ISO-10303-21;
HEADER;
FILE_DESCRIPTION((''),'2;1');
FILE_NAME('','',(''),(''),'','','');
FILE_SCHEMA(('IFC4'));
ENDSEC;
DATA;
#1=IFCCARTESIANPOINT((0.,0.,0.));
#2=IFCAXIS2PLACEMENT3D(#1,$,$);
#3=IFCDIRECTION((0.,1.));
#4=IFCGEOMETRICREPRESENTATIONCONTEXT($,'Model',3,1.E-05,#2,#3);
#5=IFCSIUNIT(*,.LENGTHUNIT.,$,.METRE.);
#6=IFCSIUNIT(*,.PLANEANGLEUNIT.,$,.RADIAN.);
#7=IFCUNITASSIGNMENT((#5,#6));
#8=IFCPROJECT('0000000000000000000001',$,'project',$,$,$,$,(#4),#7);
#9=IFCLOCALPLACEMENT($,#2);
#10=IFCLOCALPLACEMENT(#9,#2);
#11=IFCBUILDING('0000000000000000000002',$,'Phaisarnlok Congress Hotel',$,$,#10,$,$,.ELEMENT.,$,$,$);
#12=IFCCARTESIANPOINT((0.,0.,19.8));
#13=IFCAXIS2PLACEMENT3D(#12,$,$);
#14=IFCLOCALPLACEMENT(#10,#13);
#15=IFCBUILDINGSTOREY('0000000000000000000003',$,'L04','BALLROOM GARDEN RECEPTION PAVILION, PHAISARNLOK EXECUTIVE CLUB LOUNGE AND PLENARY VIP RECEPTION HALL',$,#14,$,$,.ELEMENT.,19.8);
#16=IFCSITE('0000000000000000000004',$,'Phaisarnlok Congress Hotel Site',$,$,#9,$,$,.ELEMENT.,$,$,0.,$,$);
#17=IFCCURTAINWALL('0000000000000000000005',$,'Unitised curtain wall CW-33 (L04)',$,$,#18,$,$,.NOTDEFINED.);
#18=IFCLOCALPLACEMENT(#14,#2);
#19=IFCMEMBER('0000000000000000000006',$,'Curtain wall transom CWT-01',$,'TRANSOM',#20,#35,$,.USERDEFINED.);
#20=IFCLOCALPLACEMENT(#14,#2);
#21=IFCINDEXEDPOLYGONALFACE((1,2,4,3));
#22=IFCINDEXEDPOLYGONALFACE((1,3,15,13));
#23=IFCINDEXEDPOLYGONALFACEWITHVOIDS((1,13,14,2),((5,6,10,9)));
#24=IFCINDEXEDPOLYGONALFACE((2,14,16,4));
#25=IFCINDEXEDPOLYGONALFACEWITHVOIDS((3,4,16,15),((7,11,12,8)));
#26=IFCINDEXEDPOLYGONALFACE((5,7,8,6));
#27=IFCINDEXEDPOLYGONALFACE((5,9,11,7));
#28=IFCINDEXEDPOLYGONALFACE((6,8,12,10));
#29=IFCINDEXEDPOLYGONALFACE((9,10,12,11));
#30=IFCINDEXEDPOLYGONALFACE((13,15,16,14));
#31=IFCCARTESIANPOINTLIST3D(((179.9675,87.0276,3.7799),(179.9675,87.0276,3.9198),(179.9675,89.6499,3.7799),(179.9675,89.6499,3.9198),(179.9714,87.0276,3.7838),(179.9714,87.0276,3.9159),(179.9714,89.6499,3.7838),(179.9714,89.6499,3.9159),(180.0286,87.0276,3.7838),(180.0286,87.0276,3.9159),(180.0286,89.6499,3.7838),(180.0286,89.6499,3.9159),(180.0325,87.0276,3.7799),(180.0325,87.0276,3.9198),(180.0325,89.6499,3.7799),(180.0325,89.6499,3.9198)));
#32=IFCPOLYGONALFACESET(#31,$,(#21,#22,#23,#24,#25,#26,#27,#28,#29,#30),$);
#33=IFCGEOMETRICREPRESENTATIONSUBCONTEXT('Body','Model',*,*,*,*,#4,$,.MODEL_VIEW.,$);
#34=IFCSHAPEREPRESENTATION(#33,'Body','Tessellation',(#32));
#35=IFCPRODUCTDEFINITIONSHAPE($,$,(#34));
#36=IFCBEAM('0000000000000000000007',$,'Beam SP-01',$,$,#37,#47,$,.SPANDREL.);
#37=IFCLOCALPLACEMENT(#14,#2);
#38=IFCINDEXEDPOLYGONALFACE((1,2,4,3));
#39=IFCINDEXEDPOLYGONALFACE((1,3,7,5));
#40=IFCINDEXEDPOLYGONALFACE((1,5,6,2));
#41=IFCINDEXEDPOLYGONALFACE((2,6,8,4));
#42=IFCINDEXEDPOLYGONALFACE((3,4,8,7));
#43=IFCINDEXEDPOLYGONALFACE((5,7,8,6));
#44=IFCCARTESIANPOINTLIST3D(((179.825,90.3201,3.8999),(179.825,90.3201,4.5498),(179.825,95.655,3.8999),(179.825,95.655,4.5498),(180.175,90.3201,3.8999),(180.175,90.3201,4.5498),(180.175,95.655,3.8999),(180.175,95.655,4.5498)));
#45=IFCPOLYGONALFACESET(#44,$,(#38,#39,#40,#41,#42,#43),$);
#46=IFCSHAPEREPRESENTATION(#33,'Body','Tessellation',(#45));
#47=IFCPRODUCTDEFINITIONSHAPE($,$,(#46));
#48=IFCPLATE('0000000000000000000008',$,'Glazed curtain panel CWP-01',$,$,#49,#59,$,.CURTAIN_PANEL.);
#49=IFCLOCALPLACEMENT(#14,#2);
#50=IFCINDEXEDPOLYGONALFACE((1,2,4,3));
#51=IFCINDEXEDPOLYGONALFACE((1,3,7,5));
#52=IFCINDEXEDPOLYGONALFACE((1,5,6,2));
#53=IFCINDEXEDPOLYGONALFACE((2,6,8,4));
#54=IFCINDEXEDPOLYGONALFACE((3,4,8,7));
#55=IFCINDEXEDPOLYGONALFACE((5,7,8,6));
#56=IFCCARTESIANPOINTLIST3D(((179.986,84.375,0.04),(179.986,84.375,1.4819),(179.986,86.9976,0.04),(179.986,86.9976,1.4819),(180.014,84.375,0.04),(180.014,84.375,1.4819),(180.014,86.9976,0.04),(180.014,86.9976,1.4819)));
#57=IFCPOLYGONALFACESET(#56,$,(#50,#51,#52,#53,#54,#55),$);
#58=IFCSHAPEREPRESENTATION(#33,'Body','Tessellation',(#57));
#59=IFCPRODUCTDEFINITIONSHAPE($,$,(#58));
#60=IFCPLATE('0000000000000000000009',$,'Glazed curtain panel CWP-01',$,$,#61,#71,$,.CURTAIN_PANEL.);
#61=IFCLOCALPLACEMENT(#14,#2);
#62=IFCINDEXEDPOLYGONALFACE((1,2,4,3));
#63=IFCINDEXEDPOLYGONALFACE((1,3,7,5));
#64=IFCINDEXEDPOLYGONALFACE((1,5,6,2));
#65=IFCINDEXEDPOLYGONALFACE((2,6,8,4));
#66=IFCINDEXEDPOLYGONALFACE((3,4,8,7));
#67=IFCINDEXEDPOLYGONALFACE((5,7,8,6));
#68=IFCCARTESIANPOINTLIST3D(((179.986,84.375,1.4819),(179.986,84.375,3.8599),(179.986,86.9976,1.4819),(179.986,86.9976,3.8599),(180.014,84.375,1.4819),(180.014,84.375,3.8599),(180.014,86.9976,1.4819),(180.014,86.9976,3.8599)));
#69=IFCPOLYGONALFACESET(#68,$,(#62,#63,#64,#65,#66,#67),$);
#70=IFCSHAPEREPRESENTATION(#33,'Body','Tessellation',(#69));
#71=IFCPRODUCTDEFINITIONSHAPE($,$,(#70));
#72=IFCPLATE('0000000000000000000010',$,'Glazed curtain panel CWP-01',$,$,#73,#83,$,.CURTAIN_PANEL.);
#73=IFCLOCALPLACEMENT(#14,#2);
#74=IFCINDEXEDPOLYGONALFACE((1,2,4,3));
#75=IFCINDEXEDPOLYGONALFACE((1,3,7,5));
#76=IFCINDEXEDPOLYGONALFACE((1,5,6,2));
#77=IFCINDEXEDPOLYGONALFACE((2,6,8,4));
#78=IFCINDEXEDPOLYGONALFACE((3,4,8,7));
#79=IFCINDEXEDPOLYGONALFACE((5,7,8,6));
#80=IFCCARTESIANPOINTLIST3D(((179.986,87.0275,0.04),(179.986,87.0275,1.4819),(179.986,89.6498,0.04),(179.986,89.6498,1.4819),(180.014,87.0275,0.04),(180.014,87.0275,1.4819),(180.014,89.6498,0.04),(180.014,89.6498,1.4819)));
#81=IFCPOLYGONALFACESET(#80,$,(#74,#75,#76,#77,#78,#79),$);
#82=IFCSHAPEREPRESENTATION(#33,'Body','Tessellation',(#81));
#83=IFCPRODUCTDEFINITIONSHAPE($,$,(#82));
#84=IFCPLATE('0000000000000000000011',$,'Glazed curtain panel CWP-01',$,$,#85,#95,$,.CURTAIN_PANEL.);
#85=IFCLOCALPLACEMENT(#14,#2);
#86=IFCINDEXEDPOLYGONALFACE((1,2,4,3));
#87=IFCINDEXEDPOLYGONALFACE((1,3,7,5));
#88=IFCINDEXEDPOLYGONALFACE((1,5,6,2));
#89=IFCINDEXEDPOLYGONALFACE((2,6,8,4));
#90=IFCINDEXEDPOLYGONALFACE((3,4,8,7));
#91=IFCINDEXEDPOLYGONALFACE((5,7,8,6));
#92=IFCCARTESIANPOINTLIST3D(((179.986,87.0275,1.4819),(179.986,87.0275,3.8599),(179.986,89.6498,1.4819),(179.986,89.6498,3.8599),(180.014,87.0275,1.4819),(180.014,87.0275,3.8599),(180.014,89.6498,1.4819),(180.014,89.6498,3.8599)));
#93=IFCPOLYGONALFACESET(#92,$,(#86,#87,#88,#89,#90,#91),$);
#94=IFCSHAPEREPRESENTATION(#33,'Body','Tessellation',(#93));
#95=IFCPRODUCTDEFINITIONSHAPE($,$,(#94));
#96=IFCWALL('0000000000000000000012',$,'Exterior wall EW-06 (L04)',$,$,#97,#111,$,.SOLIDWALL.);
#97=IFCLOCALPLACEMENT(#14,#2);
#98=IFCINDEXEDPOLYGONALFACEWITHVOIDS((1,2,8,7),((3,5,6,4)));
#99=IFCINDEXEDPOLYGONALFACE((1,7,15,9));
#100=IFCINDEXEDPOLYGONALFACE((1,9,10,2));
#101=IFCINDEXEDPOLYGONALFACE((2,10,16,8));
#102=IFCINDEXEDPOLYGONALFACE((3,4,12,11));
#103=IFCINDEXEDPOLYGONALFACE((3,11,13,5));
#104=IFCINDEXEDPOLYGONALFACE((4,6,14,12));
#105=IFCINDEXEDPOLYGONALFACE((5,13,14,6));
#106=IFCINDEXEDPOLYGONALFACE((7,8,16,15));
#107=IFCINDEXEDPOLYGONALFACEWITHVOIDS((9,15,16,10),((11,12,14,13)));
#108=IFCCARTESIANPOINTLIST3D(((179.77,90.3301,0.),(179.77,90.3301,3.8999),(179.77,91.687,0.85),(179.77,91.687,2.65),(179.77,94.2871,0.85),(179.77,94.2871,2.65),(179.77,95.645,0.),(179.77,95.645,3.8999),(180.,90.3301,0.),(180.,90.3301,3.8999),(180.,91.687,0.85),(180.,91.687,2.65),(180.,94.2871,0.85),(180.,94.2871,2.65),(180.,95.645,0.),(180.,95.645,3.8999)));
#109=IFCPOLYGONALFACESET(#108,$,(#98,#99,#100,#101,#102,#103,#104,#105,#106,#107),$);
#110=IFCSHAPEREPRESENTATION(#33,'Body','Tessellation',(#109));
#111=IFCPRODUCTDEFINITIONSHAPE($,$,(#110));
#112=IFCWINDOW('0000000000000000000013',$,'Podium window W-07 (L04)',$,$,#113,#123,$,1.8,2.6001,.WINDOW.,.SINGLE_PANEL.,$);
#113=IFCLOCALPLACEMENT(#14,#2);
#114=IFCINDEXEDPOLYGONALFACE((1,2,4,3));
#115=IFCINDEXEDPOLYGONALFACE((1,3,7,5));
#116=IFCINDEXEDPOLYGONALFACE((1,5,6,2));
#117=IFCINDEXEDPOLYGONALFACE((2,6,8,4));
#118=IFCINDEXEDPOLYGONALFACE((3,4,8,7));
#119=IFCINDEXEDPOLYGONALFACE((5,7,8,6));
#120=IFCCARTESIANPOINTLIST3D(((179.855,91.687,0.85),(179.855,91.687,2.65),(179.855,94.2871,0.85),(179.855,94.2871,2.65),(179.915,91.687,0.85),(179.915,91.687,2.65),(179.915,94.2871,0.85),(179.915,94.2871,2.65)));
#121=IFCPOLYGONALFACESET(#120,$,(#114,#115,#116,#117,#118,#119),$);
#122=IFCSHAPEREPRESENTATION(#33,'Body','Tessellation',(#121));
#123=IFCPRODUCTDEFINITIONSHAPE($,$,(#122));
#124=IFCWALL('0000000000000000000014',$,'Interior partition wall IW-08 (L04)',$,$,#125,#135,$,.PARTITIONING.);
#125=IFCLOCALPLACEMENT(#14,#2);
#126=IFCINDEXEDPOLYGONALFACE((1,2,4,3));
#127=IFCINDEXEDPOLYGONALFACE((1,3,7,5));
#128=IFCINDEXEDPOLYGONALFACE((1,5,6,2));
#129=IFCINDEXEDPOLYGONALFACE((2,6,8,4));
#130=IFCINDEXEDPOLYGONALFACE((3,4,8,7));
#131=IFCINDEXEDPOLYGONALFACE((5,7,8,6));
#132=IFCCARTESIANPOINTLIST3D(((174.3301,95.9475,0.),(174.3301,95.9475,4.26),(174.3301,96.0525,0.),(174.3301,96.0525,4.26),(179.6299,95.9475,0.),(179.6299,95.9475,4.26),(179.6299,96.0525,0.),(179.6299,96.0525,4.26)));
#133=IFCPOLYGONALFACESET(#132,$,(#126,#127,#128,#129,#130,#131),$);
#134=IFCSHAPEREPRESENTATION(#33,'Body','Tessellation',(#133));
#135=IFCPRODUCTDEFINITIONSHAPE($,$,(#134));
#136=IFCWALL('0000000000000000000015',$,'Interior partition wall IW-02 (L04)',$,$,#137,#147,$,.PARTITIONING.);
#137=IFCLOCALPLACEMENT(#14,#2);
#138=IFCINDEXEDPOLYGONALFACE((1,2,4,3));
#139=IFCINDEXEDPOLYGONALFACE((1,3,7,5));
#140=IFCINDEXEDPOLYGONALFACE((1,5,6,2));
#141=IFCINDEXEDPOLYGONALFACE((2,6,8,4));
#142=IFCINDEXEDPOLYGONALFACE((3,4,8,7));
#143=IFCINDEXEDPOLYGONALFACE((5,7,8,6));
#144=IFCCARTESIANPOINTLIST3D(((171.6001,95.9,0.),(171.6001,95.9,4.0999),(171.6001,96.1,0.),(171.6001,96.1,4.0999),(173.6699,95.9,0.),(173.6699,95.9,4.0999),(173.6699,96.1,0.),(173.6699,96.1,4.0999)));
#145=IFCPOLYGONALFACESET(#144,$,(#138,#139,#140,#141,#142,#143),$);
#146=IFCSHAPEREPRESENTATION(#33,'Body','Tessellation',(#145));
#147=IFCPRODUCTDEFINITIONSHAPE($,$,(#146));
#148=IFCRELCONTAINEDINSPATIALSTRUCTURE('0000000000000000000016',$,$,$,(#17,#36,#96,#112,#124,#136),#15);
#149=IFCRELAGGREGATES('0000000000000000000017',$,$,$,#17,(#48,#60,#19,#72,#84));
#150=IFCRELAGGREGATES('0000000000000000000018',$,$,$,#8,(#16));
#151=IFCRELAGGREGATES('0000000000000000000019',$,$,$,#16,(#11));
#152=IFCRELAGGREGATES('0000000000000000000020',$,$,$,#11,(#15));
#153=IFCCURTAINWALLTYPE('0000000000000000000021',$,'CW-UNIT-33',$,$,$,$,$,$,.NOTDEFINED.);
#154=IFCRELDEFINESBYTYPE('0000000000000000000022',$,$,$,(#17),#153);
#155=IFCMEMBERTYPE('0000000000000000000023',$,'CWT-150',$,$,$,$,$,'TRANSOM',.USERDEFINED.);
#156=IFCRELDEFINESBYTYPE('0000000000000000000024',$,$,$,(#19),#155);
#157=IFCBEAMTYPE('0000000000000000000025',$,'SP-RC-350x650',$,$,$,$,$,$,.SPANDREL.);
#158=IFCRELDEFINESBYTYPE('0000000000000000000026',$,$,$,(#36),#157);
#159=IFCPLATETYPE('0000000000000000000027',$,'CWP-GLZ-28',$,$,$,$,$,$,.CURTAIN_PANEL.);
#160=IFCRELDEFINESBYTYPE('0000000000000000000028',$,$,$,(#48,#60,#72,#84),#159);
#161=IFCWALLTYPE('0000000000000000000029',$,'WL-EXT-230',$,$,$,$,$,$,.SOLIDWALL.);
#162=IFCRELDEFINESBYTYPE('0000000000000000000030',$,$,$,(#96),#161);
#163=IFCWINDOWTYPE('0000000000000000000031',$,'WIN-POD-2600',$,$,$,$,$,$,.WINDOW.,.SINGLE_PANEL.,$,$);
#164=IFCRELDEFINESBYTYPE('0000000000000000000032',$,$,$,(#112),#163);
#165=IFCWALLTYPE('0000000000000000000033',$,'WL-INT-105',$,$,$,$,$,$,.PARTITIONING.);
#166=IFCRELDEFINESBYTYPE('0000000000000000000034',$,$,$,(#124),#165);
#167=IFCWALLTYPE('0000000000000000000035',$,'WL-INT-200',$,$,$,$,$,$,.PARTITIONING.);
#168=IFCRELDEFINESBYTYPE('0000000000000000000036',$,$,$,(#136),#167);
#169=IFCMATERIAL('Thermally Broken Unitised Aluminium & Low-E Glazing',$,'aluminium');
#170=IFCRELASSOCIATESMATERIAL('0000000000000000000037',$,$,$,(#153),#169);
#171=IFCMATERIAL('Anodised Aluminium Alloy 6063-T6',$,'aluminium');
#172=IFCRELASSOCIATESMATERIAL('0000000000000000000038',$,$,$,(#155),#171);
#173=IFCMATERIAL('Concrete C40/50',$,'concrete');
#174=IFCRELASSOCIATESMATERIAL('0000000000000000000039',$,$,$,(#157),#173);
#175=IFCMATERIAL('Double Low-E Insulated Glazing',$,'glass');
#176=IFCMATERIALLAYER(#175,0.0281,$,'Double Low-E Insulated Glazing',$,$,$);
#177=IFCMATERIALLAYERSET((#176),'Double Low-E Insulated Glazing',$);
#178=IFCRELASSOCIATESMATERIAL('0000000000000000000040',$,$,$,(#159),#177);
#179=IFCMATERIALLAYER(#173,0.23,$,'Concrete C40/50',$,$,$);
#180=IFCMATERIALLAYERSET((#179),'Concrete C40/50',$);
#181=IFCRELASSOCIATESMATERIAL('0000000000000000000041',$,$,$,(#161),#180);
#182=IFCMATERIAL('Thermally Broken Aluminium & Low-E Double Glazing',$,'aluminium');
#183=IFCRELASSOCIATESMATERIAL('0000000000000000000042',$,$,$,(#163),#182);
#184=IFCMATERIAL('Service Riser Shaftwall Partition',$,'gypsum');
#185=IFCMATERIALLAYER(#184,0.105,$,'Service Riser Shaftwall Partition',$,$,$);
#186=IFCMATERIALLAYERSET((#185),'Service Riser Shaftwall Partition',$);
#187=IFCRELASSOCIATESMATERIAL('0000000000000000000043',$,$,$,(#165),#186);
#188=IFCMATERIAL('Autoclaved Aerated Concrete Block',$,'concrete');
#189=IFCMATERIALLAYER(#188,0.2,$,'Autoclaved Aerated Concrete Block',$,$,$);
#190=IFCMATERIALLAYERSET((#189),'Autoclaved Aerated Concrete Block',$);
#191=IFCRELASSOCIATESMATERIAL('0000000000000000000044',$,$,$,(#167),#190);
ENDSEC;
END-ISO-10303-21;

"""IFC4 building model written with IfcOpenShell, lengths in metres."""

from ifc_helpers import new_model, si_unit, direction, frame, frame_2d, origin, origin_2d, place, context, subcontext, project, spatial, rectangle, hollow_rectangle, extrude, material, layer, layer_set, material_profile, profile_set, type_object, element, fill, aggregate, save


model = new_model("IFC4")

# Units and contexts
model_context = context("Model", 3, precision=1e-05, world=origin(), true_north=direction((0.0, 1.0)))
body_context = subcontext(model_context, "Body", "Model", "MODEL_VIEW")
ifc_project = project(units=[si_unit("LENGTHUNIT", "METRE"), si_unit("PLANEANGLEUNIT", "RADIAN")], contexts=[model_context])

# Site, building, storey
site_placement = place(None, origin())
site = spatial("IfcSite", under=ifc_project, at=site_placement, Name="Phaisarnlok Congress Hotel Site", CompositionType="ELEMENT", RefElevation=0.0)
building_placement = place(site_placement, origin())
building = spatial("IfcBuilding", under=site, at=building_placement, Name="Phaisarnlok Congress Hotel", CompositionType="ELEMENT")
storey_placement = place(building_placement, frame((0.0, 0.0, 19.8)))
storey = spatial("IfcBuildingStorey", under=building, at=storey_placement, Name="L04", Description="BALLROOM GARDEN RECEPTION PAVILION, PHAISARNLOK EXECUTIVE CLUB LOUNGE AND PLENARY VIP RECEPTION HALL", CompositionType="ELEMENT", Elevation=19.8)

# Shared definitions
ifc_material_1 = material(Name="Concrete C40/50", Category="concrete")

# Curtain wall, member
ifc_material_2 = material(Name="Thermally Broken Unitised Aluminium & Low-E Glazing", Category="aluminium")
curtain_wall_type = type_object("IfcCurtainWallType", Name="CW-UNIT-33", PredefinedType="NOTDEFINED", material=ifc_material_2)
curtain_wall_placement = place(storey_placement, origin())
curtain_wall = element("IfcCurtainWall", 1, at=curtain_wall_placement, inside=storey, type_object=curtain_wall_type, Name="Unitised curtain wall CW-33 (L04)", PredefinedType="NOTDEFINED")
ifc_material_3 = material(Name="Anodised Aluminium Alloy 6063-T6", Category="aluminium")
ifc_material_profile_1 = material_profile(ifc_material_3, hollow_rectangle(XDim=0.0649, YDim=0.1399, WallThickness=0.0039, at=origin_2d()), Name="ALU-T 65x140x4")
ifc_profile_set_1 = profile_set([ifc_material_profile_1], Name="Anodised Aluminium Alloy 6063-T6")
member_type_1 = type_object("IfcMemberType", Name="CWT-150", ElementType="TRANSOM", PredefinedType="USERDEFINED", material=ifc_profile_set_1)
member_1_placement = place(storey_placement, frame((180.0, 87.0276, 3.8499), z_axis=(0.0, 1.0, 0.0), x_axis=(-1.0, 0.0, 0.0)))
member_1 = element("IfcMember", 2, at=member_1_placement, type_object=member_type_1, Name="Curtain wall transom CWT-01", ObjectType="TRANSOM", PredefinedType="USERDEFINED", context=body_context, shape_type="SweptSolid", body=[
    extrude(hollow_rectangle(XDim=0.0649, YDim=0.1399, WallThickness=0.0039, at=origin_2d()), origin(), (0.0, 0.0, 1.0), 2.6223),
])

# Beam
ifc_material_profile_2 = material_profile(ifc_material_1, rectangle(XDim=0.3501, YDim=0.6499, at=origin_2d()), Name="RC 350x650")
ifc_profile_set_2 = profile_set([ifc_material_profile_2], Name="Concrete C40/50")
beam_type_1 = type_object("IfcBeamType", Name="SP-RC-350x650", PredefinedType="SPANDREL", material=ifc_profile_set_2)
beam_1_placement = place(storey_placement, frame((180.0, 90.3201, 4.2249), z_axis=(0.0, 1.0, 0.0), x_axis=(-1.0, 0.0, 0.0)))
element("IfcBeam", 3, at=beam_1_placement, inside=storey, type_object=beam_type_1, Name="Beam SP-01", PredefinedType="SPANDREL", context=body_context, shape_type="SweptSolid", body=[
    extrude(rectangle(XDim=0.3501, YDim=0.6499, at=origin_2d()), origin(), (0.0, 0.0, 1.0), 5.335),
])

# Plates
ifc_material_4 = material(Name="Double Low-E Insulated Glazing", Category="glass")
ifc_layer_1 = layer(ifc_material_4, 0.0281, Name="Double Low-E Insulated Glazing")
ifc_layer_set_1 = layer_set([ifc_layer_1], Name="Double Low-E Insulated Glazing")
plate_type = type_object("IfcPlateType", Name="CWP-GLZ-28", PredefinedType="CURTAIN_PANEL", material=ifc_layer_set_1)
plate_1_placement = place(storey_placement, frame((180.0, 84.375, 0.04), z_axis=(0.0, 0.0, 1.0), x_axis=(0.0, 1.0, 0.0)))
plate_1 = element("IfcPlate", 4, at=plate_1_placement, type_object=plate_type, Name="Glazed curtain panel CWP-01", PredefinedType="CURTAIN_PANEL", context=body_context, shape_type="SweptSolid", body=[
    extrude(rectangle(XDim=2.6226, YDim=0.0281, at=frame_2d((1.3113, 0.0))), origin(), (0.0, 0.0, 1.0), 1.4419),
])
plate_2_placement = place(storey_placement, frame((180.0, 84.375, 1.4819), z_axis=(0.0, 0.0, 1.0), x_axis=(0.0, 1.0, 0.0)))
plate_2 = element("IfcPlate", 5, at=plate_2_placement, type_object=plate_type, Name="Glazed curtain panel CWP-01", PredefinedType="CURTAIN_PANEL", context=body_context, shape_type="SweptSolid", body=[
    extrude(rectangle(XDim=2.6226, YDim=0.0281, at=frame_2d((1.3113, 0.0))), origin(), (0.0, 0.0, 1.0), 2.3779),
])
plate_3_placement = place(storey_placement, frame((180.0, 87.0276, 0.04), z_axis=(0.0, 0.0, 1.0), x_axis=(0.0, 1.0, 0.0)))
plate_3 = element("IfcPlate", 6, at=plate_3_placement, type_object=plate_type, Name="Glazed curtain panel CWP-01", PredefinedType="CURTAIN_PANEL", context=body_context, shape_type="SweptSolid", body=[
    extrude(rectangle(XDim=2.6223, YDim=0.0281, at=frame_2d((1.311, 0.0))), origin(), (0.0, 0.0, 1.0), 1.4419),
])
plate_4_placement = place(storey_placement, frame((180.0, 87.0276, 1.4819), z_axis=(0.0, 0.0, 1.0), x_axis=(0.0, 1.0, 0.0)))
plate_4 = element("IfcPlate", 7, at=plate_4_placement, type_object=plate_type, Name="Glazed curtain panel CWP-01", PredefinedType="CURTAIN_PANEL", context=body_context, shape_type="SweptSolid", body=[
    extrude(rectangle(XDim=2.6223, YDim=0.0281, at=frame_2d((1.311, 0.0))), origin(), (0.0, 0.0, 1.0), 2.3779),
])
aggregate(curtain_wall, [plate_1, plate_2, member_1, plate_3, plate_4])

# Wall, opening, window
ifc_layer_2 = layer(ifc_material_1, 0.23, Name="Concrete C40/50")
ifc_layer_set_2 = layer_set([ifc_layer_2], Name="Concrete C40/50")
wall_type_1 = type_object("IfcWallType", Name="WL-EXT-230", PredefinedType="SOLIDWALL", material=ifc_layer_set_2)
wall_1_placement = place(storey_placement, frame((179.885, 90.3301, 0.0), z_axis=(0.0, 0.0, 1.0), x_axis=(0.0, 1.0, 0.0)))
wall_1 = element("IfcWall", 8, at=wall_1_placement, inside=storey, type_object=wall_type_1, Name="Exterior wall EW-06 (L04)", PredefinedType="SOLIDWALL", context=body_context, shape_type="SweptSolid", body=[
    extrude(rectangle(XDim=5.3149, YDim=0.23, at=frame_2d((2.6575, 0.0))), origin(), (0.0, 0.0, 1.0), 3.8999),
])
opening_placement = place(wall_1_placement, frame((1.3569, 0.0, 0.8501)))
opening = element("IfcOpeningElement", 9, at=opening_placement, cuts=wall_1, PredefinedType="OPENING", context=body_context, shape_type="SweptSolid", body=[
    extrude(rectangle(XDim=2.6001, YDim=1.8, at=frame_2d((1.3, 0.8999))), frame((0.0, 0.125, 0.0), z_axis=(0.0, -1.0, 0.0), x_axis=(1.0, 0.0, 0.0)), (0.0, 0.0, 1.0), 0.25),
])
ifc_material_5 = material(Name="Thermally Broken Aluminium & Low-E Double Glazing", Category="aluminium")
window_type = type_object("IfcWindowType", Name="WIN-POD-2600", PartitioningType="SINGLE_PANEL", PredefinedType="WINDOW", material=ifc_material_5)
window_placement = place(opening_placement, origin())
window = element("IfcWindow", 10, at=window_placement, inside=storey, type_object=window_type, Name="Podium window W-07 (L04)", OverallHeight=1.8, OverallWidth=2.6001, PartitioningType="SINGLE_PANEL", PredefinedType="WINDOW", context=body_context, shape_type="SweptSolid", body=[
    extrude(rectangle(XDim=2.6001, YDim=1.8, at=frame_2d((1.3, 0.8999))), frame((0.0, 0.03, 0.0), z_axis=(0.0, -1.0, 0.0), x_axis=(1.0, 0.0, 0.0)), (0.0, 0.0, 1.0), 0.0601),
])
fill(opening, window)

# Walls
ifc_material_6 = material(Name="Service Riser Shaftwall Partition", Category="gypsum")
ifc_layer_3 = layer(ifc_material_6, 0.105, Name="Service Riser Shaftwall Partition")
ifc_layer_set_3 = layer_set([ifc_layer_3], Name="Service Riser Shaftwall Partition")
wall_type_2 = type_object("IfcWallType", Name="WL-INT-105", PredefinedType="PARTITIONING", material=ifc_layer_set_3)
wall_2_placement = place(storey_placement, frame((174.3301, 96.0, 0.0), z_axis=(0.0, 0.0, 1.0), x_axis=(1.0, 0.0, 0.0)))
element("IfcWall", 11, at=wall_2_placement, inside=storey, type_object=wall_type_2, Name="Interior partition wall IW-08 (L04)", PredefinedType="PARTITIONING", context=body_context, shape_type="SweptSolid", body=[
    extrude(rectangle(XDim=5.2998, YDim=0.105, at=frame_2d((2.6499, 0.0))), origin(), (0.0, 0.0, 1.0), 4.26),
])
ifc_material_7 = material(Name="Autoclaved Aerated Concrete Block", Category="concrete")
ifc_layer_4 = layer(ifc_material_7, 0.2, Name="Autoclaved Aerated Concrete Block")
ifc_layer_set_4 = layer_set([ifc_layer_4], Name="Autoclaved Aerated Concrete Block")
wall_type_3 = type_object("IfcWallType", Name="WL-INT-200", PredefinedType="PARTITIONING", material=ifc_layer_set_4)
wall_3_placement = place(storey_placement, frame((171.6001, 96.0, 0.0), z_axis=(0.0, 0.0, 1.0), x_axis=(1.0, 0.0, 0.0)))
element("IfcWall", 12, at=wall_3_placement, inside=storey, type_object=wall_type_3, Name="Interior partition wall IW-02 (L04)", PredefinedType="PARTITIONING", context=body_context, shape_type="SweptSolid", body=[
    extrude(rectangle(XDim=2.0698, YDim=0.2, at=frame_2d((1.0349, 0.0))), origin(), (0.0, 0.0, 1.0), 4.0999),
])

save(model, "model.ifc")
